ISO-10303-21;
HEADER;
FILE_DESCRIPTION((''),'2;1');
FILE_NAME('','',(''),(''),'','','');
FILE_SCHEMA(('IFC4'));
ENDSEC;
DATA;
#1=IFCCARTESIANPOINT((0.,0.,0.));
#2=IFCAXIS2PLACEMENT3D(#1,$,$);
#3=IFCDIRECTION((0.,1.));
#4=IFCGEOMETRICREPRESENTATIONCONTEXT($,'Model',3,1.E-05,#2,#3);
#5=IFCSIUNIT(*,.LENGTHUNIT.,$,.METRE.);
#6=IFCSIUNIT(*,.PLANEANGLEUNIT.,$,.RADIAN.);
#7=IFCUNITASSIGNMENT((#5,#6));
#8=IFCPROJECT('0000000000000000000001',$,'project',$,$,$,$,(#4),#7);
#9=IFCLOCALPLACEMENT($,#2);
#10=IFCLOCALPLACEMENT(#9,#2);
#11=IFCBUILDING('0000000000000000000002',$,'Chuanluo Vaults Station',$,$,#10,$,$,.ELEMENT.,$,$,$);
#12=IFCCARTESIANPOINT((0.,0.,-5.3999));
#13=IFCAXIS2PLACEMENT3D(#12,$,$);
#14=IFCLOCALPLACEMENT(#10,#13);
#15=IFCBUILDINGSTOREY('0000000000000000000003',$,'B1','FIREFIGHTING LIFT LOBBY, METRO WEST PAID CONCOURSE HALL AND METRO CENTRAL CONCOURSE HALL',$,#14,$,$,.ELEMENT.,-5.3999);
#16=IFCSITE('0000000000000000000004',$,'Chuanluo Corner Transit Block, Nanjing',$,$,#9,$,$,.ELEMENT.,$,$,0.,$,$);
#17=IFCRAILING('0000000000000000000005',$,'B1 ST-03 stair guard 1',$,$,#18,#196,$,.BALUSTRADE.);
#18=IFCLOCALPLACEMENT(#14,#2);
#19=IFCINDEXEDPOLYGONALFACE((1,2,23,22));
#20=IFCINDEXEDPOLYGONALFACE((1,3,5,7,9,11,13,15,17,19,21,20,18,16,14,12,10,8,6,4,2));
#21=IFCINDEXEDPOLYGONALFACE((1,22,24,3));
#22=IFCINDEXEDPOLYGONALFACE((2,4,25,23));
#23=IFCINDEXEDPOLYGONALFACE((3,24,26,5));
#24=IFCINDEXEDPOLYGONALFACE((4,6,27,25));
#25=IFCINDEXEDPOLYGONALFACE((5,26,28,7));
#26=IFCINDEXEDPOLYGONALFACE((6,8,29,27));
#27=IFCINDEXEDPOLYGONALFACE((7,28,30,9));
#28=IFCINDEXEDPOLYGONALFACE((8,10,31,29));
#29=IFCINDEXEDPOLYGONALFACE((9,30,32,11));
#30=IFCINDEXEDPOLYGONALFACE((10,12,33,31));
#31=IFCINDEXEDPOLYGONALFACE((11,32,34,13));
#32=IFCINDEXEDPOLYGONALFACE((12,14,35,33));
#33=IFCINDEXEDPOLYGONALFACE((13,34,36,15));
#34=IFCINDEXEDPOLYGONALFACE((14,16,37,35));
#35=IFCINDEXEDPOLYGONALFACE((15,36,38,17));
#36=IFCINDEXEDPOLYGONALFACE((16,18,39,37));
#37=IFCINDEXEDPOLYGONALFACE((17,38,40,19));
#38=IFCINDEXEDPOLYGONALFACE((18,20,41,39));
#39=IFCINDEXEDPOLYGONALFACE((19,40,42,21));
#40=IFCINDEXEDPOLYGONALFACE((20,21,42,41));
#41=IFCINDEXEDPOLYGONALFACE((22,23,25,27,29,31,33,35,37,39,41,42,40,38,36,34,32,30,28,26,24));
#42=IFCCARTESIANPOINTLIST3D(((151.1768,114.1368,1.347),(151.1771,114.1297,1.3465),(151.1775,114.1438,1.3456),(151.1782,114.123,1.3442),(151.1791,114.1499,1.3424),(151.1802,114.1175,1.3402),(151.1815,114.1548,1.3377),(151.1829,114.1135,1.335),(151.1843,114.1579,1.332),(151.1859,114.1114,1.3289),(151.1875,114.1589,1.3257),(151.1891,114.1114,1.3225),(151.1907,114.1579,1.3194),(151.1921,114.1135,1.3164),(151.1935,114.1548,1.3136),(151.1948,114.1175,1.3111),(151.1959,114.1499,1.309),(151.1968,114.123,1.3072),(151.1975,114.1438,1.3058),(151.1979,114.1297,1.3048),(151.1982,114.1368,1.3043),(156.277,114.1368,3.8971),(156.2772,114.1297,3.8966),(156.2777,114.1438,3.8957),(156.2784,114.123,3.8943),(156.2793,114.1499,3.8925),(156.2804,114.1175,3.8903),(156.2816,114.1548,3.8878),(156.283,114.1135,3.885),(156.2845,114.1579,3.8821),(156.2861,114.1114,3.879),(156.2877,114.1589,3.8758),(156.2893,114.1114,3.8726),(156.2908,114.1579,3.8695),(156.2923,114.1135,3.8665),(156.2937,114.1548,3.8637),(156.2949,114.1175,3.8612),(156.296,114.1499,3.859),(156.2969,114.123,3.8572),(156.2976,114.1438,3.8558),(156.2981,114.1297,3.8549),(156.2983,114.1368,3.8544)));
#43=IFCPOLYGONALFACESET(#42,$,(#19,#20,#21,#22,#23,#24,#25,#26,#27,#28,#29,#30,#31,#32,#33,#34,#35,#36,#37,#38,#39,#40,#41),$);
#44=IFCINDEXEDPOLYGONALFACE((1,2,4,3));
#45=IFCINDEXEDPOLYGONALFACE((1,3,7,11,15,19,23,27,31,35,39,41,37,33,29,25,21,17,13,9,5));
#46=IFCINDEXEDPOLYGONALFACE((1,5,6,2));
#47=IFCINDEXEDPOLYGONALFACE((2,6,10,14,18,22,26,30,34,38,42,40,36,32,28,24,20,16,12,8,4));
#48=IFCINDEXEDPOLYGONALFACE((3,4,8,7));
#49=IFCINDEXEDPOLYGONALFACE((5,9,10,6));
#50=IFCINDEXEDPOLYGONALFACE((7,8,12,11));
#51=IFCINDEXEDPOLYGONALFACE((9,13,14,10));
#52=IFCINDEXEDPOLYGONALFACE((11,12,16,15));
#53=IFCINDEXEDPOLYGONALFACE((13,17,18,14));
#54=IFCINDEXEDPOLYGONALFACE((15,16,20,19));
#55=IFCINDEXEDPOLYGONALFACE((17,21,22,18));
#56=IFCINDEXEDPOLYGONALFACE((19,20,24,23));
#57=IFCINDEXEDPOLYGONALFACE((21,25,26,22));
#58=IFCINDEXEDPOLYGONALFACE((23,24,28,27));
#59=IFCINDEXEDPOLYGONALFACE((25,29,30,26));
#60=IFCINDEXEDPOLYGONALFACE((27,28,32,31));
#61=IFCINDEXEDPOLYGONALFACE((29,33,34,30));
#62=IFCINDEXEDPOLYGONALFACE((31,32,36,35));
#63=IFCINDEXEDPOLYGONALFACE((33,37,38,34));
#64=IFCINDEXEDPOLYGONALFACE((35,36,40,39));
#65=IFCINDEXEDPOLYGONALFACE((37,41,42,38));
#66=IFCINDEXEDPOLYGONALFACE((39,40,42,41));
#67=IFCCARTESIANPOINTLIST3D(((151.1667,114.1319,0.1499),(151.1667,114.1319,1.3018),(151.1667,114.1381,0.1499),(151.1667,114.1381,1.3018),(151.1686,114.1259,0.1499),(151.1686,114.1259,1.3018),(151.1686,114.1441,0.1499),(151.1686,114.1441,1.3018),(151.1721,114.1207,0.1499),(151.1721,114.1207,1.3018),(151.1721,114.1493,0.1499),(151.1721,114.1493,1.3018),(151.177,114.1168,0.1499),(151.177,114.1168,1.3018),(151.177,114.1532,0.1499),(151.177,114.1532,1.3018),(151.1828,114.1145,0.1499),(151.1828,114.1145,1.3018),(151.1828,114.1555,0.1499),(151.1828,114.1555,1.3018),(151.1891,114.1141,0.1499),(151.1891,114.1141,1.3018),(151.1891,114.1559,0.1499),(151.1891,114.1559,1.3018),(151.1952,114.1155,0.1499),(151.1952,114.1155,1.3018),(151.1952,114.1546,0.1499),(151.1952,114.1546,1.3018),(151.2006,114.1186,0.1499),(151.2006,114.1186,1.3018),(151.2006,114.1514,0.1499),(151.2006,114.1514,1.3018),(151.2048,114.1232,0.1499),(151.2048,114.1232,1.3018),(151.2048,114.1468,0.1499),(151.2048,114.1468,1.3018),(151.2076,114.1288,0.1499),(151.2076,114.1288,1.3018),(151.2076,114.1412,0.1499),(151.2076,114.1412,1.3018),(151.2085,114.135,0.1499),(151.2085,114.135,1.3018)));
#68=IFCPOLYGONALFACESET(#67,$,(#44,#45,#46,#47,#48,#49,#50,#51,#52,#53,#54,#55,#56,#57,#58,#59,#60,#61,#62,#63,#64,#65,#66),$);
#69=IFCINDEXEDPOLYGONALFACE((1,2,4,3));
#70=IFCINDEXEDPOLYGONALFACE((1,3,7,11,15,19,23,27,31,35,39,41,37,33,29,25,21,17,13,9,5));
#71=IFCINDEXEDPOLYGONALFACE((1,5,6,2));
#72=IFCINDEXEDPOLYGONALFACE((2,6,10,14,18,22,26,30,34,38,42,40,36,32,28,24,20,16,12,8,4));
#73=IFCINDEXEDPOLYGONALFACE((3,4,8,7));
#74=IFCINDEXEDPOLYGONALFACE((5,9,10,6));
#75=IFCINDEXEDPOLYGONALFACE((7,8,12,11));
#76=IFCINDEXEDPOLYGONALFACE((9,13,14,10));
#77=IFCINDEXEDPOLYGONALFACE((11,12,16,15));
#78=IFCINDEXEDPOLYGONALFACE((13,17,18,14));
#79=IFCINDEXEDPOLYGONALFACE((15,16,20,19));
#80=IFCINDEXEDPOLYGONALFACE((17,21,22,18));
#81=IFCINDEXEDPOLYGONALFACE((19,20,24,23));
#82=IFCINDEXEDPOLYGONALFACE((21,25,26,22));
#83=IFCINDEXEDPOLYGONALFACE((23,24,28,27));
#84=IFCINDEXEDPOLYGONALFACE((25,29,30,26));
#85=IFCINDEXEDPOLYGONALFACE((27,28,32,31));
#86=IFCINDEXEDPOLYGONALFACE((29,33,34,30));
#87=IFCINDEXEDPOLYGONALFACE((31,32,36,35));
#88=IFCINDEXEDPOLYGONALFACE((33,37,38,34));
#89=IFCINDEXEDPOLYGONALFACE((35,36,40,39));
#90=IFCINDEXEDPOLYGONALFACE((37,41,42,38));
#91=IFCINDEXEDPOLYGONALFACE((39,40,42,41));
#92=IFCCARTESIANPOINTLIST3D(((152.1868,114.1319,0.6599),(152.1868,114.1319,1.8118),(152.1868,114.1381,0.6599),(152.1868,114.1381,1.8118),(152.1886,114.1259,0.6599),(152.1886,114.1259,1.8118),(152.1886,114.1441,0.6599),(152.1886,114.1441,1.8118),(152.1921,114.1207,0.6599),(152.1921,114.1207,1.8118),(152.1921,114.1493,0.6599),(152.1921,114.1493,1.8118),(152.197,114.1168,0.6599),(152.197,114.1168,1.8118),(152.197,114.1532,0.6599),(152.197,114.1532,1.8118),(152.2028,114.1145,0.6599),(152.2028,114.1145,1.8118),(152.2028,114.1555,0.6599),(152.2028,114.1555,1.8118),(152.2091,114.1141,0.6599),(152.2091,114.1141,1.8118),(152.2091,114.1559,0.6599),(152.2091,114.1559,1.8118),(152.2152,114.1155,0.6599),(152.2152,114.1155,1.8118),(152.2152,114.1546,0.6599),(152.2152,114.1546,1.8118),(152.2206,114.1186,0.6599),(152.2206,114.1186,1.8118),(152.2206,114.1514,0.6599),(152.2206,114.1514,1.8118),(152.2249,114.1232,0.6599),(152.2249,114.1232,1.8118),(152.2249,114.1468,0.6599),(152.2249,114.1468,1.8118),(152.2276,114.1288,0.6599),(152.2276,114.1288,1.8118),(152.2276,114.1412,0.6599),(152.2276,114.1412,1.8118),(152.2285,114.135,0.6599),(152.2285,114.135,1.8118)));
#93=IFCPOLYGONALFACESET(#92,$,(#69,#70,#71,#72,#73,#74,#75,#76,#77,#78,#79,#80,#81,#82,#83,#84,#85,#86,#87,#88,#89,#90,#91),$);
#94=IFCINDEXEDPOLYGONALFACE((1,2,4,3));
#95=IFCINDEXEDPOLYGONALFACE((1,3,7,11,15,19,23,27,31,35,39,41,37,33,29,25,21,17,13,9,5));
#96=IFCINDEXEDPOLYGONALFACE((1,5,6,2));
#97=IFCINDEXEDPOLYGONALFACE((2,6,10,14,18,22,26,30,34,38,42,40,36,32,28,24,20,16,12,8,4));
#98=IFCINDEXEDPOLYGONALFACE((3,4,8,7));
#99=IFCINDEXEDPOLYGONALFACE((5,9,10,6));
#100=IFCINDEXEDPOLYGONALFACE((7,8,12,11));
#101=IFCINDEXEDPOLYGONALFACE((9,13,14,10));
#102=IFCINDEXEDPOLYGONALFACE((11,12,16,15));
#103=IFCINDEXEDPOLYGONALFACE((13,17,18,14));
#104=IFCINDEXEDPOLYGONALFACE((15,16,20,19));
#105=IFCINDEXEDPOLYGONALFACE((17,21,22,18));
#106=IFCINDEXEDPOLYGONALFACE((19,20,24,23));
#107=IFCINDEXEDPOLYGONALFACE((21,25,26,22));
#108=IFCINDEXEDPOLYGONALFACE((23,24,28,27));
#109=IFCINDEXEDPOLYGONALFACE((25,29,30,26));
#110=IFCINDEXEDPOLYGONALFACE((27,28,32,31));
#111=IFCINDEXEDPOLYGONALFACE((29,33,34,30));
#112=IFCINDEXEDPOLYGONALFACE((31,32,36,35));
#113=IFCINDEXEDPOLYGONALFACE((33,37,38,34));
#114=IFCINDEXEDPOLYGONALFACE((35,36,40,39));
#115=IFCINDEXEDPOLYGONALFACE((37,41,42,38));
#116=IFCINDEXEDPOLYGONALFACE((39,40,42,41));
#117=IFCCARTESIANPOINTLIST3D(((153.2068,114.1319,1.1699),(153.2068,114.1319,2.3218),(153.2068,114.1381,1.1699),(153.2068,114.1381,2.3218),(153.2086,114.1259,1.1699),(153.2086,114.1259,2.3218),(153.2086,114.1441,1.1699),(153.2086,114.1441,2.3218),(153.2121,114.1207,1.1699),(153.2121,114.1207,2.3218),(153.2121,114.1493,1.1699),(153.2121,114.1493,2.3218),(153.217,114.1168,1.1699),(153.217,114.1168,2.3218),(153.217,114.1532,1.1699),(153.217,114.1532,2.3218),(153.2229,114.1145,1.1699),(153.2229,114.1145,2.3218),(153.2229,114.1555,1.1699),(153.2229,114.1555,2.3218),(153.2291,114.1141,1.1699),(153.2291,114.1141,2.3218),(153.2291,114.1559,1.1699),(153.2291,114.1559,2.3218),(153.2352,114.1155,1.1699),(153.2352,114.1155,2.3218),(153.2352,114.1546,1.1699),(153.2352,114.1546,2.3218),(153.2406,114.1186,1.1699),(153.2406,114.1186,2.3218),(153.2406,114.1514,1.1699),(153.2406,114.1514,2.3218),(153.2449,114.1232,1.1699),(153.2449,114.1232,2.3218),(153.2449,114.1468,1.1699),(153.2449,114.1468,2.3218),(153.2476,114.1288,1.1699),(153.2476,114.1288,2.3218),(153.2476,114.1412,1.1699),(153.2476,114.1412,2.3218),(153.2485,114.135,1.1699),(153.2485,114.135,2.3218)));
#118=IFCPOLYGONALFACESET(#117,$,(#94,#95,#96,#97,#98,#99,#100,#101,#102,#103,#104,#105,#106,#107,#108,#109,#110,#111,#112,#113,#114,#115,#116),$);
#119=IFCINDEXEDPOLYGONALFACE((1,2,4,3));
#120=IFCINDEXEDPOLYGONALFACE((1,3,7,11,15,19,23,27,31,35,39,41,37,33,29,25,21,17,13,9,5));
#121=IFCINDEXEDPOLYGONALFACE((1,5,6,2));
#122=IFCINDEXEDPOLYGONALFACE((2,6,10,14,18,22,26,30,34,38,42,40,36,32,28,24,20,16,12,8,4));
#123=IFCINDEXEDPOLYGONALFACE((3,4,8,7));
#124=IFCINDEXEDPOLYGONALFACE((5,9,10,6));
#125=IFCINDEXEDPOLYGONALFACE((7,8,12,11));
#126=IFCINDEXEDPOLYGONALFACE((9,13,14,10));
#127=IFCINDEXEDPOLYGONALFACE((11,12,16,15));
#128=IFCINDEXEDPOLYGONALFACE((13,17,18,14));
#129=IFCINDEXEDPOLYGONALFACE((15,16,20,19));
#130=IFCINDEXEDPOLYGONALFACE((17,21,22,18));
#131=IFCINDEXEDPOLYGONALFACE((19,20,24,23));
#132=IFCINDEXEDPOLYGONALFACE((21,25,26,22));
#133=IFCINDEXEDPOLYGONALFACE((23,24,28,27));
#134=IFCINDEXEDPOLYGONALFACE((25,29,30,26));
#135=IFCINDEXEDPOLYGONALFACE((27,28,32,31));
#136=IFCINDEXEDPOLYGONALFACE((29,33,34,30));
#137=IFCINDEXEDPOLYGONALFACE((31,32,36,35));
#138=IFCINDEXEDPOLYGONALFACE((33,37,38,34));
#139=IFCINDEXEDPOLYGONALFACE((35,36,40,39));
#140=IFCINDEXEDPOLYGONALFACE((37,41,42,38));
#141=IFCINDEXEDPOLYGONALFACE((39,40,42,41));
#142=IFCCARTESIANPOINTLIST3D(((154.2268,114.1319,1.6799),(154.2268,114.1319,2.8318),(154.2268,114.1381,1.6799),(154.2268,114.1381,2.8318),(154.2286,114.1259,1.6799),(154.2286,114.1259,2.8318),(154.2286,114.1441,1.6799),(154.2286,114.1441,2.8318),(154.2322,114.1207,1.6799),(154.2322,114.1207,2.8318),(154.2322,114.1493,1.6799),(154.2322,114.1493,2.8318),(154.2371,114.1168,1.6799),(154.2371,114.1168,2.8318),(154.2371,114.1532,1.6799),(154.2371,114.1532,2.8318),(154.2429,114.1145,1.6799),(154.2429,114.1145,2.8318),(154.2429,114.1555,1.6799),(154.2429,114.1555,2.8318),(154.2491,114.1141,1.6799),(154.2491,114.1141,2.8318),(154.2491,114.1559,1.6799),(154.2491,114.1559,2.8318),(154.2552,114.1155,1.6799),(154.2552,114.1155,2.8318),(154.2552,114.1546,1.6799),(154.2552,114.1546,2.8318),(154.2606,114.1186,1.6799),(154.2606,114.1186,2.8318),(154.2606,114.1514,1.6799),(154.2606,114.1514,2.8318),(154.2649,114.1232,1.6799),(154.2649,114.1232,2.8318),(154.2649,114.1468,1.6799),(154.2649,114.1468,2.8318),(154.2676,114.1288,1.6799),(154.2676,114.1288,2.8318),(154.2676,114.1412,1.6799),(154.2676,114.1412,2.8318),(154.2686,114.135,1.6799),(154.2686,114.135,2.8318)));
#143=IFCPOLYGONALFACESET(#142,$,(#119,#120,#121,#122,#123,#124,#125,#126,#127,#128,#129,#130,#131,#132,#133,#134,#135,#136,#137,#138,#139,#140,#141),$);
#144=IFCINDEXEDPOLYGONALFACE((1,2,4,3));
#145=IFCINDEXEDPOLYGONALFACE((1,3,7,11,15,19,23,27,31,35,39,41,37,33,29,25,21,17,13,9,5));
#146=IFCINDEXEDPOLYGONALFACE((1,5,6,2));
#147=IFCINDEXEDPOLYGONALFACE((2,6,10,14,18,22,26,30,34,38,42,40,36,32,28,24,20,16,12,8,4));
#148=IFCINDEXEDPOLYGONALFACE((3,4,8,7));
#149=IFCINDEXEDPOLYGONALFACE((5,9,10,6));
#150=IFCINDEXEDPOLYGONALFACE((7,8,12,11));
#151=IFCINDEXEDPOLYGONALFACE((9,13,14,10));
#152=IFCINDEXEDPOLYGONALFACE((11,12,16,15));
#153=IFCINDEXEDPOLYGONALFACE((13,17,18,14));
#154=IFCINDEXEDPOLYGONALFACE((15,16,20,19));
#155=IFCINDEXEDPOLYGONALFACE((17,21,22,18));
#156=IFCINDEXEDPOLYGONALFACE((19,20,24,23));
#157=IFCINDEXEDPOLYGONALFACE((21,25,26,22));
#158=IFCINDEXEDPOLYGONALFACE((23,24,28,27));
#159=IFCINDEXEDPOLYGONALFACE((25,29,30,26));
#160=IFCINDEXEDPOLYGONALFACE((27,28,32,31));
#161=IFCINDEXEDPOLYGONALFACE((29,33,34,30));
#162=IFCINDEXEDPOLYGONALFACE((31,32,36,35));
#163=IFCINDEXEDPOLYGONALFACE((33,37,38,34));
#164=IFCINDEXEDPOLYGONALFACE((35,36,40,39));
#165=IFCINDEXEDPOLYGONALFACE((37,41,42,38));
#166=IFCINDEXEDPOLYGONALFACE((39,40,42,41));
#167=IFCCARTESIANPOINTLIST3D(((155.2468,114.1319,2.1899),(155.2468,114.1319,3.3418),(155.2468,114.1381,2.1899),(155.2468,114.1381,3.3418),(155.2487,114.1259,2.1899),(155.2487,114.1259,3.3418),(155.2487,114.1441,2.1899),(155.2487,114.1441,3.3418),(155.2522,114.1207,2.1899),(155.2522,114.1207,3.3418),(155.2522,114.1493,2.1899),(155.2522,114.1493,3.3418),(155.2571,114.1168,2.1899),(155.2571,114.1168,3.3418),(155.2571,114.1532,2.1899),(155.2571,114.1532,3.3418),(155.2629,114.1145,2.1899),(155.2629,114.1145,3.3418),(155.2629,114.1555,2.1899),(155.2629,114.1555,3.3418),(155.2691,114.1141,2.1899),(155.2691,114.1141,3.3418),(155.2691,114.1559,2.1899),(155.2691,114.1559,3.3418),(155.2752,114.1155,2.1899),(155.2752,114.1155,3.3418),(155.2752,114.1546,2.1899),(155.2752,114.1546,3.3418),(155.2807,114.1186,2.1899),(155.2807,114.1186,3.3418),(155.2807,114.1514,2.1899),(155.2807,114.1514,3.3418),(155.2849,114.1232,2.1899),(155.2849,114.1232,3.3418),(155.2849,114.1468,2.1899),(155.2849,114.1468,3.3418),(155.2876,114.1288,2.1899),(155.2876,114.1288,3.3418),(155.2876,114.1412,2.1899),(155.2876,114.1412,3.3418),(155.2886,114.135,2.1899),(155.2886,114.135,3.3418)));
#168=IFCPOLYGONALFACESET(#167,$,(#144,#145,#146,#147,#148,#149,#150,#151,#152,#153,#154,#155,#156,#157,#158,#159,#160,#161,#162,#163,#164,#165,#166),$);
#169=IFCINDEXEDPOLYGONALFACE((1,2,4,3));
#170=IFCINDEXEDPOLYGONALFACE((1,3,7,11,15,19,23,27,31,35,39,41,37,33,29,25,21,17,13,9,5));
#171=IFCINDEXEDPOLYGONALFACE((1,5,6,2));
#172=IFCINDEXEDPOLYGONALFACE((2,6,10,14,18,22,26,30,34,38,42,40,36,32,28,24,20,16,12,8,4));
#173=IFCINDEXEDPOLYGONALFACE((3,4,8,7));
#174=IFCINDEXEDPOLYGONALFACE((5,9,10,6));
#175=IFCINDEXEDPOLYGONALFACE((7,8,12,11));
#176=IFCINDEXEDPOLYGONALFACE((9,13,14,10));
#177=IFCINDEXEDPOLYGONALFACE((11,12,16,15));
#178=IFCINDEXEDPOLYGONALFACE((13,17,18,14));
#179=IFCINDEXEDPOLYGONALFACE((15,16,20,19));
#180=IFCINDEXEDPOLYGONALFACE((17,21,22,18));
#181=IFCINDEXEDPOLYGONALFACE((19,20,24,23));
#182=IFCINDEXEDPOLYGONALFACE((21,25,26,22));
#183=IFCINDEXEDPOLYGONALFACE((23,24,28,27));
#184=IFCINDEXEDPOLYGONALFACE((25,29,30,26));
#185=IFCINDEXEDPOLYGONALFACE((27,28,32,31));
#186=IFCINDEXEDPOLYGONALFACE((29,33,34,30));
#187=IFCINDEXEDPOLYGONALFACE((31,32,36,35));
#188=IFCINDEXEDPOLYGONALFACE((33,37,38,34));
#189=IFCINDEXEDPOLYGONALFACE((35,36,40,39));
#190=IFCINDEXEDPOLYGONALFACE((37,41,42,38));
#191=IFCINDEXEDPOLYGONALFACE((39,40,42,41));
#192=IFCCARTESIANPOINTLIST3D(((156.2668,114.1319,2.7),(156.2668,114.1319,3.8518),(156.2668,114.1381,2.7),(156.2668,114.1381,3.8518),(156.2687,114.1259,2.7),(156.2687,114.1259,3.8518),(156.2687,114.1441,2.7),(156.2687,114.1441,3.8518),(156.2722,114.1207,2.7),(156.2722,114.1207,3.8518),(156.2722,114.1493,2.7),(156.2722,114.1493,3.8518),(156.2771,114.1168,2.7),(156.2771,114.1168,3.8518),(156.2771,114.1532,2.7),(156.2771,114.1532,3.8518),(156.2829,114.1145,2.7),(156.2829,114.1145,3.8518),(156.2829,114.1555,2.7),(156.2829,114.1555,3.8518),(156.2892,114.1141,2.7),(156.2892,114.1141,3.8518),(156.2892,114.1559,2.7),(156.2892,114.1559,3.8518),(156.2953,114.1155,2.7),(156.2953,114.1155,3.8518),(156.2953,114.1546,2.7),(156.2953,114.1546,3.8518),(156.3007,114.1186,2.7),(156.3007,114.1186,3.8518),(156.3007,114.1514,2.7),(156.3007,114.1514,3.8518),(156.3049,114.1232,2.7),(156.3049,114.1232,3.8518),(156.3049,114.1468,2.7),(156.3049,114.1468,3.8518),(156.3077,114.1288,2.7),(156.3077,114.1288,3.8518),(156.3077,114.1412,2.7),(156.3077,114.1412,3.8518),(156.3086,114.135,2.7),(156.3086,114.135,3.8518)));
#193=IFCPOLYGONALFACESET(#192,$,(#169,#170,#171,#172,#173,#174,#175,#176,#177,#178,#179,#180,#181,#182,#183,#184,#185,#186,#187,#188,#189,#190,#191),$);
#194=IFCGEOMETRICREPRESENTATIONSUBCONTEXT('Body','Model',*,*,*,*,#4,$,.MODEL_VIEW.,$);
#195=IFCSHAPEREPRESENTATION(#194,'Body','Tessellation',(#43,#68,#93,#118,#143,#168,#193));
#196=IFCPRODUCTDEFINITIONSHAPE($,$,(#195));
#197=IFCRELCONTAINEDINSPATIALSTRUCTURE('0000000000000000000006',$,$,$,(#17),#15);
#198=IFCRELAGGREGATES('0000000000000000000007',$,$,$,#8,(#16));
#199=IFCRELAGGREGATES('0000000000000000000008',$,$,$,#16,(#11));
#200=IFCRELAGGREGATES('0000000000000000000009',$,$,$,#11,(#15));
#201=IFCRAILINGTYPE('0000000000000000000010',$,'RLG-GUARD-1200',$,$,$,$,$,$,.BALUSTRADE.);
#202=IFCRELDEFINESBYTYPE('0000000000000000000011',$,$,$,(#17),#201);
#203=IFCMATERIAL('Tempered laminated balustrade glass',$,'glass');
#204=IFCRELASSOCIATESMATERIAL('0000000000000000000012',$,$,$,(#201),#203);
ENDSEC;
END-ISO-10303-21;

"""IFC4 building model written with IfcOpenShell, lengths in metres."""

from ifc_helpers import new_model, si_unit, direction, frame, origin, origin_2d, place, context, subcontext, project, spatial, circle, extrude, material, type_object, element, save


model = new_model("IFC4")

# Units and contexts
model_context = context("Model", 3, precision=1e-05, world=origin(), true_north=direction((0.0, 1.0)))
body_context = subcontext(model_context, "Body", "Model", "MODEL_VIEW")
ifc_project = project(units=[si_unit("LENGTHUNIT", "METRE"), si_unit("PLANEANGLEUNIT", "RADIAN")], contexts=[model_context])

# Site, building, storey
site_placement = place(None, origin())
site = spatial("IfcSite", under=ifc_project, at=site_placement, Name="Chuanluo Corner Transit Block, Nanjing", CompositionType="ELEMENT", RefElevation=0.0)
building_placement = place(site_placement, origin())
building = spatial("IfcBuilding", under=site, at=building_placement, Name="Chuanluo Vaults Station", CompositionType="ELEMENT")
storey_placement = place(building_placement, frame((0.0, 0.0, -5.3999)))
storey = spatial("IfcBuildingStorey", under=building, at=storey_placement, Name="B1", Description="FIREFIGHTING LIFT LOBBY, METRO WEST PAID CONCOURSE HALL AND METRO CENTRAL CONCOURSE HALL", CompositionType="ELEMENT", Elevation=-5.3999)

# Railing
ifc_material_1 = material(Name="Tempered laminated balustrade glass", Category="glass")
railing_type_1 = type_object("IfcRailingType", Name="RLG-GUARD-1200", PredefinedType="BALUSTRADE", material=ifc_material_1)
railing_1_placement = place(storey_placement, frame((151.1875, 114.135, 0.1499)))
element("IfcRailing", 1, at=railing_1_placement, inside=storey, type_object=railing_type_1, Name="B1 ST-03 stair guard 1", PredefinedType="BALUSTRADE", context=body_context, shape_type="SweptSolid", body=[
    extrude(circle(Radius=0.0239, at=origin_2d()), frame((0.0, 0.0, 1.1758), z_axis=(0.894427, 0.0, 0.447214), x_axis=(0.0, 1.0, 0.0)), (0.0, 0.0, 1.0), 5.7021),
    extrude(circle(Radius=0.021, at=origin_2d()), origin(), (0.0, 0.0, 1.0), 1.1519),
    extrude(circle(Radius=0.021, at=origin_2d()), frame((1.02, 0.0, 0.51)), (0.0, 0.0, 1.0), 1.1519),
    extrude(circle(Radius=0.021, at=origin_2d()), frame((2.04, 0.0, 1.02)), (0.0, 0.0, 1.0), 1.1519),
    extrude(circle(Radius=0.021, at=origin_2d()), frame((3.0601, 0.0, 1.53)), (0.0, 0.0, 1.0), 1.1519),
    extrude(circle(Radius=0.021, at=origin_2d()), frame((4.0801, 0.0, 2.04)), (0.0, 0.0, 1.0), 1.1519),
    extrude(circle(Radius=0.021, at=origin_2d()), frame((5.1001, 0.0, 2.55)), (0.0, 0.0, 1.0), 1.1519),
])

save(model, "model.ifc")
